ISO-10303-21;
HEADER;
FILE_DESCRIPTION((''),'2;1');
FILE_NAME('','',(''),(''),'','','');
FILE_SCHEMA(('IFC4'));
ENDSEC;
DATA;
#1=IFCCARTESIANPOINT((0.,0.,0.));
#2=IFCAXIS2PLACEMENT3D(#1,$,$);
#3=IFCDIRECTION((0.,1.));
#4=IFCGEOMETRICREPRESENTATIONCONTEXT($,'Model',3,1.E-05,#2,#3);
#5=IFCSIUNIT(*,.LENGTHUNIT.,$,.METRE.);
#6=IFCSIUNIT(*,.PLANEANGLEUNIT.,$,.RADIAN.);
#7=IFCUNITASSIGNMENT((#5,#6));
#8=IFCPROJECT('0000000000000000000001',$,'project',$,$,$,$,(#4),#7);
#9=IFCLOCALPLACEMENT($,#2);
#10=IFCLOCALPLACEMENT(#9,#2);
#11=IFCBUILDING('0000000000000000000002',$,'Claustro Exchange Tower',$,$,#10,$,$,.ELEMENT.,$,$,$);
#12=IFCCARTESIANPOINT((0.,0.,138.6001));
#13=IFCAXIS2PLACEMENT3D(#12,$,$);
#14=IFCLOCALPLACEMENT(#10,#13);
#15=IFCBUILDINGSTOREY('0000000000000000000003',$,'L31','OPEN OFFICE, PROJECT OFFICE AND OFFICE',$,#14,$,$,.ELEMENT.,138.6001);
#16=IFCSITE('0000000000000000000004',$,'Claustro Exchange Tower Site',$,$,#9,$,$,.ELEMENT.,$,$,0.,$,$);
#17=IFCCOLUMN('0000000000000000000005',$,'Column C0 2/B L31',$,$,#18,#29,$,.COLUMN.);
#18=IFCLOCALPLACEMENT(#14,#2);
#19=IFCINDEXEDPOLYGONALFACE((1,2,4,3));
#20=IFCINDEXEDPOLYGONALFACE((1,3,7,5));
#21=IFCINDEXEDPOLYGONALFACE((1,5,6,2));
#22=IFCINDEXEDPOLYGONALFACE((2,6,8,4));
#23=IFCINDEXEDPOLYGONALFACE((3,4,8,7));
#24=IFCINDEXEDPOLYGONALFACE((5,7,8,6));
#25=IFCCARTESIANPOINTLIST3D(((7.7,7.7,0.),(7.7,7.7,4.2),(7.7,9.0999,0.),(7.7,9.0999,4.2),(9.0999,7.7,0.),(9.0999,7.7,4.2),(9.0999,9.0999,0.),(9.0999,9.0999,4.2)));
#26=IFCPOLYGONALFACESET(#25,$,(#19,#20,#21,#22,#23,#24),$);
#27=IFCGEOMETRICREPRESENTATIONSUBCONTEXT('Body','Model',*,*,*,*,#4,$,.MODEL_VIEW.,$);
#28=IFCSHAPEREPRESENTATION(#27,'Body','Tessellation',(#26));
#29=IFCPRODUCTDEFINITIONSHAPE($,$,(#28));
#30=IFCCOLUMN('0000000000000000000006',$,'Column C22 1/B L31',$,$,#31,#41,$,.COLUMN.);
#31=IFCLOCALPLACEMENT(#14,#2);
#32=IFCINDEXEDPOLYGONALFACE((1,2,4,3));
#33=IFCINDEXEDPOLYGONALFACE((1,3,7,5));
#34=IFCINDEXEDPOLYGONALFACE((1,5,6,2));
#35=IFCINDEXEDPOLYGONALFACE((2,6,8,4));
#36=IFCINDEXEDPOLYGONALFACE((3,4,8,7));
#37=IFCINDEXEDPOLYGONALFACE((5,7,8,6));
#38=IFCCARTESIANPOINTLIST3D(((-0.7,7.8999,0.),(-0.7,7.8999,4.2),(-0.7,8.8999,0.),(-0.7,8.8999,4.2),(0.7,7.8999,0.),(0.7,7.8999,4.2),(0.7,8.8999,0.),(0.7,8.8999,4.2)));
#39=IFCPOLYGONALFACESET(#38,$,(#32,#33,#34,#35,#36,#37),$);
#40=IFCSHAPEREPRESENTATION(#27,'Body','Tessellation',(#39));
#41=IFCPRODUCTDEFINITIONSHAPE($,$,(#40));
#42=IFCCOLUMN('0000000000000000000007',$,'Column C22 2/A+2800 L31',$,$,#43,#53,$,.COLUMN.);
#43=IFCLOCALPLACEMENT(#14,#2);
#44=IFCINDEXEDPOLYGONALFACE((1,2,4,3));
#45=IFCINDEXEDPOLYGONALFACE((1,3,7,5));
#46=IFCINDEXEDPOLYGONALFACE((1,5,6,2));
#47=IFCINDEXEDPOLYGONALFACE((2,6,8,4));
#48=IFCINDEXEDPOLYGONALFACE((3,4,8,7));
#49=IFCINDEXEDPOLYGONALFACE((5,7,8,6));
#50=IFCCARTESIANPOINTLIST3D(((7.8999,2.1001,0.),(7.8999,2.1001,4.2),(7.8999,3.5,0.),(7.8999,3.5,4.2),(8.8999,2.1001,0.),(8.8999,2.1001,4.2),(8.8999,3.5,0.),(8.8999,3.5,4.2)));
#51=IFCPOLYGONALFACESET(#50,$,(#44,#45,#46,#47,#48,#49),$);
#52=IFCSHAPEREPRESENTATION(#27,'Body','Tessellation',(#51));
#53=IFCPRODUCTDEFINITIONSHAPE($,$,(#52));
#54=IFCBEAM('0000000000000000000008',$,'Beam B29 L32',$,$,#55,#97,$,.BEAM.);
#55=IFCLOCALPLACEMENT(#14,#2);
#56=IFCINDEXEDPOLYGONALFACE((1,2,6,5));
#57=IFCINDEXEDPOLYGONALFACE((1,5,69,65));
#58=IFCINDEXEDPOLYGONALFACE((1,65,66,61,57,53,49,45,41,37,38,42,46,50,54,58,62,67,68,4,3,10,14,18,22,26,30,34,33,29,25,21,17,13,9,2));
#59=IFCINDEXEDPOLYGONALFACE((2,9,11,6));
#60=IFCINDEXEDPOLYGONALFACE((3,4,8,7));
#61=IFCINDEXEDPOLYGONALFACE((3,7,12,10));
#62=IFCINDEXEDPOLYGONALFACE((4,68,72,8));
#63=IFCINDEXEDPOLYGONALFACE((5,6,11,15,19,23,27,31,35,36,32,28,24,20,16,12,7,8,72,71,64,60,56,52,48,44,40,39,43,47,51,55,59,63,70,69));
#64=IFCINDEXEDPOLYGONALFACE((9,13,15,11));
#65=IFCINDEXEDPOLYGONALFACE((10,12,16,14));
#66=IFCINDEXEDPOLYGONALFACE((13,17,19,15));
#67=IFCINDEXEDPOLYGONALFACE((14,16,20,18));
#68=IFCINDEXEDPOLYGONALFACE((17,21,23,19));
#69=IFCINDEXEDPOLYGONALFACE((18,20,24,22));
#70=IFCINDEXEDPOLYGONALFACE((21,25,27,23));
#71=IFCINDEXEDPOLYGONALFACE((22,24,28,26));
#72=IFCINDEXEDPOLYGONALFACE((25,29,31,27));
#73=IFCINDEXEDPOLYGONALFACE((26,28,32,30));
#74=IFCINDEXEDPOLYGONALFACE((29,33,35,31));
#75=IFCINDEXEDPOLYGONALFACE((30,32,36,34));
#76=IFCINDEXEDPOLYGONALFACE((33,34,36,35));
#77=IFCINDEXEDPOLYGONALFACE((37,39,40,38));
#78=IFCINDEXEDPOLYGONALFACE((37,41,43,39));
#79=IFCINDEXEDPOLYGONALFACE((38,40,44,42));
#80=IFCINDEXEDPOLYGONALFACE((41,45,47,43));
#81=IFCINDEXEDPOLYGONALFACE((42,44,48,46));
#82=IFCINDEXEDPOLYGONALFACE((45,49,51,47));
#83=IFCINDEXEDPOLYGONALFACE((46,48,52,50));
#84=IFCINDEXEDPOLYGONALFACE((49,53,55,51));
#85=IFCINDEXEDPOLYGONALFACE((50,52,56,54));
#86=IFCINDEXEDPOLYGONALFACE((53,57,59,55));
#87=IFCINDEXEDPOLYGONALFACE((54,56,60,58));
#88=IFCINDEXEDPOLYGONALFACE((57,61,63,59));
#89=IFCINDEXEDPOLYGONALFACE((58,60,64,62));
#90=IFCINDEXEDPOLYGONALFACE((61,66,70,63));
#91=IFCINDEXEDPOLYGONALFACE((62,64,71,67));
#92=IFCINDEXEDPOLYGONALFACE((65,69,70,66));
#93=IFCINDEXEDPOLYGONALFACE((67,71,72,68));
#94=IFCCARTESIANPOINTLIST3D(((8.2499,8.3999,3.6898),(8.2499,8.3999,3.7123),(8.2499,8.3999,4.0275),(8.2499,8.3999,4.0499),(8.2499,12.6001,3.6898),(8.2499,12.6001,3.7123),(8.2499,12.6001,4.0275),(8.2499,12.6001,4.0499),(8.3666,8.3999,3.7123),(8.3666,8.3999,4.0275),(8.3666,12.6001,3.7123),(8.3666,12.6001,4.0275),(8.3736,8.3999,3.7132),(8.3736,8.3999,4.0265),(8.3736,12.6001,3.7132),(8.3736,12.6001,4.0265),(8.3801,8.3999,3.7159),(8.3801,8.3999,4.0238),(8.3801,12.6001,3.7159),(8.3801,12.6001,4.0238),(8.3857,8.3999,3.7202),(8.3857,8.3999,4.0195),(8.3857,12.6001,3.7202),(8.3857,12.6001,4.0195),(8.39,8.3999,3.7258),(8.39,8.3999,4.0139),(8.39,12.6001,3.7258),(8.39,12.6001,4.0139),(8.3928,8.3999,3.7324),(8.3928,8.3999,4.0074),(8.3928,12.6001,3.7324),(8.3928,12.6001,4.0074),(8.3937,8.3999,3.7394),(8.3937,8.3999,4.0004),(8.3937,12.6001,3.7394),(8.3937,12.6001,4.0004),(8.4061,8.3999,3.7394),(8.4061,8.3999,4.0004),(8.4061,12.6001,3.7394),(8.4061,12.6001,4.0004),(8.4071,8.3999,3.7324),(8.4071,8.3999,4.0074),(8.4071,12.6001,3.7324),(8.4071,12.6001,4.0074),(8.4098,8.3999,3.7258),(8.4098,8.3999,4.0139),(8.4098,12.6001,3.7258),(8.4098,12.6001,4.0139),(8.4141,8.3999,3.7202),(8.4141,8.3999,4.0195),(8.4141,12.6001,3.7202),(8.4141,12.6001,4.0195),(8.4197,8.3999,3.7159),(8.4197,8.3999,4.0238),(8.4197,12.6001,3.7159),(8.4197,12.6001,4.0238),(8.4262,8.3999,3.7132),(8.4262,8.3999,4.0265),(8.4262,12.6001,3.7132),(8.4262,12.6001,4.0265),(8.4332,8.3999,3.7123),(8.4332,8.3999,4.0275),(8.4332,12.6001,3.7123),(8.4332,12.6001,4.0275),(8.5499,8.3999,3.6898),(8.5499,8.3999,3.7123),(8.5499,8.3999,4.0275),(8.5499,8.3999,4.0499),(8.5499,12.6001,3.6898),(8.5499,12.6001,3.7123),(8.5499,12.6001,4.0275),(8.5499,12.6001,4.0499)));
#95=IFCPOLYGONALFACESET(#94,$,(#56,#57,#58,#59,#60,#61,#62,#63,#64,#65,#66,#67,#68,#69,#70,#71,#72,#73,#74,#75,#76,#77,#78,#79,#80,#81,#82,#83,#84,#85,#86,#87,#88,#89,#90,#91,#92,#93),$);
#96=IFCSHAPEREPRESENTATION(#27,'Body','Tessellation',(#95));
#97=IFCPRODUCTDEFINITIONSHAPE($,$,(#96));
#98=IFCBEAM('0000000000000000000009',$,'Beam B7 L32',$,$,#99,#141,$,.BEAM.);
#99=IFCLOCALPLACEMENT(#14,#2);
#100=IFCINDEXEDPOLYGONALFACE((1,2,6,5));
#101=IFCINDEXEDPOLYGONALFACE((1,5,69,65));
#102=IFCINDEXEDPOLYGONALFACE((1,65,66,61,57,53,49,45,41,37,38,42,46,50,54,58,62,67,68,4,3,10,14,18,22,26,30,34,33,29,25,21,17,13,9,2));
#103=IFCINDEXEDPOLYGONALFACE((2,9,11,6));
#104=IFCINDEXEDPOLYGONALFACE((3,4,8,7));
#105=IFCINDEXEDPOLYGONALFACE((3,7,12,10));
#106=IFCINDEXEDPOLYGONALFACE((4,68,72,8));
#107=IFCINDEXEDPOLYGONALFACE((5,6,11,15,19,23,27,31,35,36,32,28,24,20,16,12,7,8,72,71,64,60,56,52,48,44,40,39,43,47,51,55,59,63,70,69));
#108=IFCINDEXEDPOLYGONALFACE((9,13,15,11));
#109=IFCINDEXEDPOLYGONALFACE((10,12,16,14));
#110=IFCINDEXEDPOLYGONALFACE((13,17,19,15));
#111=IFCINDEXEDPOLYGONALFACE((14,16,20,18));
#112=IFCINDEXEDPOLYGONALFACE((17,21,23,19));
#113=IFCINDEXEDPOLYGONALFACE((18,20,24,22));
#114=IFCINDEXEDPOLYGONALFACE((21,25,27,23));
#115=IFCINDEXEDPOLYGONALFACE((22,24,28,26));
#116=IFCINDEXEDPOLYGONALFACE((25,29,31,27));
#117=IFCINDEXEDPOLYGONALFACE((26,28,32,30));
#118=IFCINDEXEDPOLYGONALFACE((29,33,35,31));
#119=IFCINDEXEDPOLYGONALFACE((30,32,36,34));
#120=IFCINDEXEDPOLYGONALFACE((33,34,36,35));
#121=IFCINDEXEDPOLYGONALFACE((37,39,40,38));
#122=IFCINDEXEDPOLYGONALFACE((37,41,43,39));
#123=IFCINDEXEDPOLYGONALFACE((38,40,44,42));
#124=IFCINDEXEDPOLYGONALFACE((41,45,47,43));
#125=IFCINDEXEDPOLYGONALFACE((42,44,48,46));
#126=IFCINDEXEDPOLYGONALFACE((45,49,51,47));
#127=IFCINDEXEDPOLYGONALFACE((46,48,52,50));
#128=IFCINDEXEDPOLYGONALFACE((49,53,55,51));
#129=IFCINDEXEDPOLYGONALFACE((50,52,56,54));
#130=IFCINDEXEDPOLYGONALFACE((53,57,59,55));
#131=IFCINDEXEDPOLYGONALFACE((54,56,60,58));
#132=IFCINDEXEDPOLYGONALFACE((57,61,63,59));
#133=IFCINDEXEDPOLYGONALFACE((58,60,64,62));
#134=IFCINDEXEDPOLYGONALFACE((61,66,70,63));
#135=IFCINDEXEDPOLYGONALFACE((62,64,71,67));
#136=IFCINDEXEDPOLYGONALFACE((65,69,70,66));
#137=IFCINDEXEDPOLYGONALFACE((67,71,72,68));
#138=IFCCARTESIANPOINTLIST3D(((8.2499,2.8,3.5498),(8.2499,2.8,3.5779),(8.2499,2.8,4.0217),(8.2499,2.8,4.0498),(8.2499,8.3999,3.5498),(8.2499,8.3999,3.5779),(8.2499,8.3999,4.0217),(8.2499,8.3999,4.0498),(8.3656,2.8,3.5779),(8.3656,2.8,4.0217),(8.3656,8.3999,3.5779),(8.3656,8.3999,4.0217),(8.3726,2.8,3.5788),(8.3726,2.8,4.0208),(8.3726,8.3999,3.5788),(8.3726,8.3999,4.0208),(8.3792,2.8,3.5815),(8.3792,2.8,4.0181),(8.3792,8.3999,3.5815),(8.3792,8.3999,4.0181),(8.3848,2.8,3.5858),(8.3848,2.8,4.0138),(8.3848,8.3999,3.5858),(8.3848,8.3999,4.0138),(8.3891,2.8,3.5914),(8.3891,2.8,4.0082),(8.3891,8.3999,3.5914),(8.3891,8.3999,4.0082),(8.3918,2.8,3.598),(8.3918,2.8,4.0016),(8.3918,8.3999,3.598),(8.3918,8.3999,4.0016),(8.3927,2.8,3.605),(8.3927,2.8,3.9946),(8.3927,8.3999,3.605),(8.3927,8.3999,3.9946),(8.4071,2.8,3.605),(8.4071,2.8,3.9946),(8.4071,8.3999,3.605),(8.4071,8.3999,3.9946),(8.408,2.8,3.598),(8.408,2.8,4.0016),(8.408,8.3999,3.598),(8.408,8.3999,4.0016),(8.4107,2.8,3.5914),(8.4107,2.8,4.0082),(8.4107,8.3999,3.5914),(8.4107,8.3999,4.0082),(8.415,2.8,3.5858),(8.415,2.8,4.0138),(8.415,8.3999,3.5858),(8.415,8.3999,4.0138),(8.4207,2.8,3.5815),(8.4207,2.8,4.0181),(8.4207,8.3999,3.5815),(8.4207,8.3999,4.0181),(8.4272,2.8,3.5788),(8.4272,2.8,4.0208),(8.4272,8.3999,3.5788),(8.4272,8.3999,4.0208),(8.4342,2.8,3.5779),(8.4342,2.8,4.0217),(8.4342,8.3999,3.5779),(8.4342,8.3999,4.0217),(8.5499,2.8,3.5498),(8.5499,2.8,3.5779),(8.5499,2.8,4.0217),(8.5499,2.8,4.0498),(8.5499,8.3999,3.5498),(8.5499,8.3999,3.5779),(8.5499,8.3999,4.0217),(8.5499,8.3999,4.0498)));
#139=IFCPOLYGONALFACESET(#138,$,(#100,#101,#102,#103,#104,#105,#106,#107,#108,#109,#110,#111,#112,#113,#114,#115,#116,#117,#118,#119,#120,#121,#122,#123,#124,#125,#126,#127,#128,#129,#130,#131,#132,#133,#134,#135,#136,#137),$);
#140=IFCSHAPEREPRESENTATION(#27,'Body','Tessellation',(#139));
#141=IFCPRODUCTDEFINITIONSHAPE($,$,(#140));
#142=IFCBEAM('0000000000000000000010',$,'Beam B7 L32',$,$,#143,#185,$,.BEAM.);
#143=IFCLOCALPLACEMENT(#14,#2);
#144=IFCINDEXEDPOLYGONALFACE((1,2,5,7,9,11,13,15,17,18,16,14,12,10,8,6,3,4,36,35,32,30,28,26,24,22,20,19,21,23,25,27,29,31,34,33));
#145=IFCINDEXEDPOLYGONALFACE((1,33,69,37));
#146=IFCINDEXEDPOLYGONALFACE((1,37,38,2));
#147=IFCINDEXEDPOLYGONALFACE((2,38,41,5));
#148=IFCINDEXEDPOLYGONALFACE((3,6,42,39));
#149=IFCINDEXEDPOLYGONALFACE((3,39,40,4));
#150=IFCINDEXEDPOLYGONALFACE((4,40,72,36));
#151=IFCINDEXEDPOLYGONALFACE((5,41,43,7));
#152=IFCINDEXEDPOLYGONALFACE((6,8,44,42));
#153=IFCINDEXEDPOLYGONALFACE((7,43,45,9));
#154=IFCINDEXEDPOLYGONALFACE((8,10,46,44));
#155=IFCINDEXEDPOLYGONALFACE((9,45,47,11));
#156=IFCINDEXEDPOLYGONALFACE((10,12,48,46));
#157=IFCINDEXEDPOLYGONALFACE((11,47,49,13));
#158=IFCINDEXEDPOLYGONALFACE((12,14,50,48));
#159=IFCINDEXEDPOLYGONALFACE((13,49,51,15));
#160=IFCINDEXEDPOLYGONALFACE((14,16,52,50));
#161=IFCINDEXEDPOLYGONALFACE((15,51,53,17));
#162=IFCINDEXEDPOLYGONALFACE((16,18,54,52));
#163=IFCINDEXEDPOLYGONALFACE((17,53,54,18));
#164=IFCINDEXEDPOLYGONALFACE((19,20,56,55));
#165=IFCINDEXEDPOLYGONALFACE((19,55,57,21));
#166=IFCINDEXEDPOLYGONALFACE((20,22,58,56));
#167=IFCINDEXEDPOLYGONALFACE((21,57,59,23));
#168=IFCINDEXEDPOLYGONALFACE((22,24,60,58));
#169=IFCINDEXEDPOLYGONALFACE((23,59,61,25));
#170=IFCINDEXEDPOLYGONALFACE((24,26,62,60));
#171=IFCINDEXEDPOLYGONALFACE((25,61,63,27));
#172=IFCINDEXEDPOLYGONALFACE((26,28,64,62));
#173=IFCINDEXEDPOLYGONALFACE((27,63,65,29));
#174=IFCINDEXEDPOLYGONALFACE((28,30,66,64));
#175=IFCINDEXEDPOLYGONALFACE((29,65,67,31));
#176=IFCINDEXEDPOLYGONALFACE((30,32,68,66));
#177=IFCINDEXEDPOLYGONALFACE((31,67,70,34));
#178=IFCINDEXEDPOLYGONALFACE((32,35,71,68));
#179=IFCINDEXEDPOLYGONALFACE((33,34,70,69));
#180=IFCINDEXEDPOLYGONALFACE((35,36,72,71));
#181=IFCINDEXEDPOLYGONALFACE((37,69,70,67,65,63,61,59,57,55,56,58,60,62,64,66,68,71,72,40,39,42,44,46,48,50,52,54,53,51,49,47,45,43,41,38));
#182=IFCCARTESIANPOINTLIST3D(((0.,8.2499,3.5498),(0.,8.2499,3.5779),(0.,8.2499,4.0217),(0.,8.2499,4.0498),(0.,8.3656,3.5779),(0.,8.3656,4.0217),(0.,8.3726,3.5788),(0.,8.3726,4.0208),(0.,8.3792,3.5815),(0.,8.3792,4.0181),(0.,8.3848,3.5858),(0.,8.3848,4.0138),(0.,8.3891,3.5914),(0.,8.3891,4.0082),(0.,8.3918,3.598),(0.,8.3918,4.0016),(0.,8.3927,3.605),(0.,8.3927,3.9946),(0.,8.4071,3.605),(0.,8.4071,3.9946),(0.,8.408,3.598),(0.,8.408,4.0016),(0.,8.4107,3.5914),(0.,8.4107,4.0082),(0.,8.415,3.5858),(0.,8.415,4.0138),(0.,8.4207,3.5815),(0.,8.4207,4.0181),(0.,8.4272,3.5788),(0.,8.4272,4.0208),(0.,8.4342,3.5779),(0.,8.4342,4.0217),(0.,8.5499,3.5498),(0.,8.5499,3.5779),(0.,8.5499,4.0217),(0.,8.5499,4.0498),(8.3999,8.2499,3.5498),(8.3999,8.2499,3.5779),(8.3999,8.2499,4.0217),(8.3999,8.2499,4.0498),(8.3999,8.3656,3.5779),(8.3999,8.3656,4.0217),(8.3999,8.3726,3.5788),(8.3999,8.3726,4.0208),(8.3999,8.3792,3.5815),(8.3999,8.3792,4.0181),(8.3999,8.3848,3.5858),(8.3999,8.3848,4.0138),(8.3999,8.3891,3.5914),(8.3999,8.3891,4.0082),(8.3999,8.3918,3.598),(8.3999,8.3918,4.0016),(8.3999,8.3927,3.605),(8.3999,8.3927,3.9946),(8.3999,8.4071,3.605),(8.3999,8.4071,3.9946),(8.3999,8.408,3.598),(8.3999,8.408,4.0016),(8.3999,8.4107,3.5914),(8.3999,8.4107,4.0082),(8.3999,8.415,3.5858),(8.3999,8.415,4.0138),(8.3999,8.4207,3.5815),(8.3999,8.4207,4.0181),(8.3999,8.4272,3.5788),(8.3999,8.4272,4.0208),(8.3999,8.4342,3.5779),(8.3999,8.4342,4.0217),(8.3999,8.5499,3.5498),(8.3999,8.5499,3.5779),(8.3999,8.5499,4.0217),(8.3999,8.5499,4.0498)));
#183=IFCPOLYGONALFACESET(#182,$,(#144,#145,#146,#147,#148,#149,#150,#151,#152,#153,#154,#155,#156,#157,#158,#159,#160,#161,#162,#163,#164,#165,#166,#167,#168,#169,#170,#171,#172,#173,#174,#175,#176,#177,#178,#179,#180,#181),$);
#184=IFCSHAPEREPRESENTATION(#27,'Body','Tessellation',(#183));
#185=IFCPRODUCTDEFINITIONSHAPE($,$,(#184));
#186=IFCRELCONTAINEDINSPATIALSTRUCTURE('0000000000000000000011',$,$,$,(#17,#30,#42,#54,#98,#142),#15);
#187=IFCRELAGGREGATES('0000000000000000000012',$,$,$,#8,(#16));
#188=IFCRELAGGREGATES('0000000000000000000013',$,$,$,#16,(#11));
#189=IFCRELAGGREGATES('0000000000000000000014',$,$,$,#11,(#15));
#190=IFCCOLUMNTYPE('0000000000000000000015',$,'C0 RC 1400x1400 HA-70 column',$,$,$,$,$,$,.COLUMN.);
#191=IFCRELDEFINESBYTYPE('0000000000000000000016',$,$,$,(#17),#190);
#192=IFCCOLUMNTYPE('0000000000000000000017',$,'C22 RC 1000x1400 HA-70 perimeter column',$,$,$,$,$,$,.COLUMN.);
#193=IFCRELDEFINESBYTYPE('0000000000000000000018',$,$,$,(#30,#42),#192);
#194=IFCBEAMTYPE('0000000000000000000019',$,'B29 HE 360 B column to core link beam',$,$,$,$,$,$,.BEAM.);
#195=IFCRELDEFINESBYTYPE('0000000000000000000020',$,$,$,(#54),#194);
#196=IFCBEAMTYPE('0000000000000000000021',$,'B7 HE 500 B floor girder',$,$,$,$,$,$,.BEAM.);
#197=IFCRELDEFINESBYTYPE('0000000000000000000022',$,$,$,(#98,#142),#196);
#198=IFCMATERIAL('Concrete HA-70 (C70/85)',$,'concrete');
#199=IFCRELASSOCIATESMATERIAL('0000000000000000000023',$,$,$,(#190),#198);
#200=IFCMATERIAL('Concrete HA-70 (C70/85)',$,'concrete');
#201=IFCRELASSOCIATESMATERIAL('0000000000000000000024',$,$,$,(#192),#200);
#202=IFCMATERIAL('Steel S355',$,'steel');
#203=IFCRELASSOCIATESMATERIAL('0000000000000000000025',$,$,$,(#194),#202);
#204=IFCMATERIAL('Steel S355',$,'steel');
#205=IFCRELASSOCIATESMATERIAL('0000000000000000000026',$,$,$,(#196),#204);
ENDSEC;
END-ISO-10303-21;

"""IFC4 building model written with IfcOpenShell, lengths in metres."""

from ifc_helpers import new_model, si_unit, direction, frame, origin, origin_2d, place, context, subcontext, project, spatial, rectangle, i_section, extrude, material, material_profile, profile_set, type_object, element, save


model = new_model("IFC4")

# Units and contexts
model_context = context("Model", 3, precision=1e-05, world=origin(), true_north=direction((0.0, 1.0)))
body_context = subcontext(model_context, "Body", "Model", "MODEL_VIEW")
ifc_project = project(units=[si_unit("LENGTHUNIT", "METRE"), si_unit("PLANEANGLEUNIT", "RADIAN")], contexts=[model_context])

# Site, building, storey
site_placement = place(None, origin())
site = spatial("IfcSite", under=ifc_project, at=site_placement, Name="Claustro Exchange Tower Site", CompositionType="ELEMENT", RefElevation=0.0)
building_placement = place(site_placement, origin())
building = spatial("IfcBuilding", under=site, at=building_placement, Name="Claustro Exchange Tower", CompositionType="ELEMENT")
storey_placement = place(building_placement, frame((0.0, 0.0, 138.6001)))
storey = spatial("IfcBuildingStorey", under=building, at=storey_placement, Name="L31", Description="OPEN OFFICE, PROJECT OFFICE AND OFFICE", CompositionType="ELEMENT", Elevation=138.6001)

# Columns
ifc_material_1 = material(Name="Concrete HA-70 (C70/85)", Category="concrete")
ifc_material_profile_1 = material_profile(ifc_material_1, rectangle(XDim=1.3999, YDim=1.3999, at=origin_2d()), Name="RC 1400x1400")
ifc_profile_set_1 = profile_set([ifc_material_profile_1], Name="Concrete HA-70 (C70/85)")
column_type_1 = type_object("IfcColumnType", Name="C0 RC 1400x1400 HA-70 column", PredefinedType="COLUMN", material=ifc_profile_set_1)
column_placement = place(storey_placement, frame((8.3999, 8.3999, 0.0), z_axis=(0.0, 0.0, 1.0), x_axis=(1.0, 0.0, 0.0)))
element("IfcColumn", 1, at=column_placement, inside=storey, type_object=column_type_1, Name="Column C0 2/B L31", PredefinedType="COLUMN", context=body_context, shape_type="SweptSolid", body=[
    extrude(rectangle(XDim=1.3999, YDim=1.3999, at=origin_2d()), origin(), (0.0, 0.0, 1.0), 4.2),
])
ifc_material_2 = material(Name="Concrete HA-70 (C70/85)", Category="concrete")
ifc_material_profile_2 = material_profile(ifc_material_2, rectangle(XDim=1.0, YDim=1.3999, at=origin_2d()), Name="RC 1000x1400")
ifc_profile_set_2 = profile_set([ifc_material_profile_2], Name="Concrete HA-70 (C70/85)")
column_type_2 = type_object("IfcColumnType", Name="C22 RC 1000x1400 HA-70 perimeter column", PredefinedType="COLUMN", material=ifc_profile_set_2)
for number, where, z_axis, x_axis, name in (
    (2, (0.0, 8.3999, 0.0), (0.0, 0.0, 1.0), (0.0, 1.0, 0.0), "Column C22 1/B L31"),
    (3, (8.3999, 2.8, 0.0), (0.0, 0.0, 1.0), (1.0, 0.0, 0.0), "Column C22 2/A+2800 L31"),
):
    element("IfcColumn", number, at=place(storey_placement, frame(where, z_axis=z_axis, x_axis=x_axis)), inside=storey, type_object=column_type_2, Name=name, PredefinedType="COLUMN", context=body_context, shape_type="SweptSolid", body=[
        extrude(rectangle(XDim=1.0, YDim=1.3999, at=origin_2d()), origin(), (0.0, 0.0, 1.0), 4.2),
    ])

# Beams
ifc_material_3 = material(Name="Steel S355", Category="steel")
ifc_material_profile_3 = material_profile(ifc_material_3, i_section(OverallWidth=0.3, OverallDepth=0.3601, WebThickness=0.0125, FlangeThickness=0.0225, FilletRadius=0.0271, at=origin_2d()), Name="HE 360 B")
ifc_profile_set_3 = profile_set([ifc_material_profile_3], Name="Steel S355")
beam_type_1 = type_object("IfcBeamType", Name="B29 HE 360 B column to core link beam", PredefinedType="BEAM", material=ifc_profile_set_3)
beam_1_placement = place(storey_placement, frame((8.3999, 8.3999, 3.8699), z_axis=(0.0, 1.0, 0.0), x_axis=(-1.0, 0.0, 0.0)))
element("IfcBeam", 4, at=beam_1_placement, inside=storey, type_object=beam_type_1, Name="Beam B29 L32", PredefinedType="BEAM", context=body_context, shape_type="SweptSolid", body=[
    extrude(i_section(OverallWidth=0.3, OverallDepth=0.3601, WebThickness=0.0125, FlangeThickness=0.0225, FilletRadius=0.0271, at=origin_2d()), origin(), (0.0, 0.0, 1.0), 4.2002),
])
ifc_material_4 = material(Name="Steel S355", Category="steel")
ifc_material_profile_4 = material_profile(ifc_material_4, i_section(OverallWidth=0.3, OverallDepth=0.5, WebThickness=0.0144, FlangeThickness=0.0281, FilletRadius=0.0271, at=origin_2d()), Name="HE 500 B")
ifc_profile_set_4 = profile_set([ifc_material_profile_4], Name="Steel S355")
beam_type_2 = type_object("IfcBeamType", Name="B7 HE 500 B floor girder", PredefinedType="BEAM", material=ifc_profile_set_4)
beam_2_placement = place(storey_placement, frame((8.3999, 2.8, 3.7998), z_axis=(0.0, 1.0, 0.0), x_axis=(-1.0, 0.0, 0.0)))
element("IfcBeam", 5, at=beam_2_placement, inside=storey, type_object=beam_type_2, Name="Beam B7 L32", PredefinedType="BEAM", context=body_context, shape_type="SweptSolid", body=[
    extrude(i_section(OverallWidth=0.3, OverallDepth=0.5, WebThickness=0.0144, FlangeThickness=0.0281, FilletRadius=0.0271, at=origin_2d()), origin(), (0.0, 0.0, 1.0), 5.5999),
])
beam_3_placement = place(storey_placement, frame((0.0, 8.3999, 3.7998), z_axis=(1.0, 0.0, 0.0), x_axis=(0.0, 1.0, 0.0)))
element("IfcBeam", 6, at=beam_3_placement, inside=storey, type_object=beam_type_2, Name="Beam B7 L32", PredefinedType="BEAM", context=body_context, shape_type="SweptSolid", body=[
    extrude(i_section(OverallWidth=0.3, OverallDepth=0.5, WebThickness=0.0144, FlangeThickness=0.0281, FilletRadius=0.0271, at=origin_2d()), origin(), (0.0, 0.0, 1.0), 8.3999),
])

save(model, "model.ifc")
